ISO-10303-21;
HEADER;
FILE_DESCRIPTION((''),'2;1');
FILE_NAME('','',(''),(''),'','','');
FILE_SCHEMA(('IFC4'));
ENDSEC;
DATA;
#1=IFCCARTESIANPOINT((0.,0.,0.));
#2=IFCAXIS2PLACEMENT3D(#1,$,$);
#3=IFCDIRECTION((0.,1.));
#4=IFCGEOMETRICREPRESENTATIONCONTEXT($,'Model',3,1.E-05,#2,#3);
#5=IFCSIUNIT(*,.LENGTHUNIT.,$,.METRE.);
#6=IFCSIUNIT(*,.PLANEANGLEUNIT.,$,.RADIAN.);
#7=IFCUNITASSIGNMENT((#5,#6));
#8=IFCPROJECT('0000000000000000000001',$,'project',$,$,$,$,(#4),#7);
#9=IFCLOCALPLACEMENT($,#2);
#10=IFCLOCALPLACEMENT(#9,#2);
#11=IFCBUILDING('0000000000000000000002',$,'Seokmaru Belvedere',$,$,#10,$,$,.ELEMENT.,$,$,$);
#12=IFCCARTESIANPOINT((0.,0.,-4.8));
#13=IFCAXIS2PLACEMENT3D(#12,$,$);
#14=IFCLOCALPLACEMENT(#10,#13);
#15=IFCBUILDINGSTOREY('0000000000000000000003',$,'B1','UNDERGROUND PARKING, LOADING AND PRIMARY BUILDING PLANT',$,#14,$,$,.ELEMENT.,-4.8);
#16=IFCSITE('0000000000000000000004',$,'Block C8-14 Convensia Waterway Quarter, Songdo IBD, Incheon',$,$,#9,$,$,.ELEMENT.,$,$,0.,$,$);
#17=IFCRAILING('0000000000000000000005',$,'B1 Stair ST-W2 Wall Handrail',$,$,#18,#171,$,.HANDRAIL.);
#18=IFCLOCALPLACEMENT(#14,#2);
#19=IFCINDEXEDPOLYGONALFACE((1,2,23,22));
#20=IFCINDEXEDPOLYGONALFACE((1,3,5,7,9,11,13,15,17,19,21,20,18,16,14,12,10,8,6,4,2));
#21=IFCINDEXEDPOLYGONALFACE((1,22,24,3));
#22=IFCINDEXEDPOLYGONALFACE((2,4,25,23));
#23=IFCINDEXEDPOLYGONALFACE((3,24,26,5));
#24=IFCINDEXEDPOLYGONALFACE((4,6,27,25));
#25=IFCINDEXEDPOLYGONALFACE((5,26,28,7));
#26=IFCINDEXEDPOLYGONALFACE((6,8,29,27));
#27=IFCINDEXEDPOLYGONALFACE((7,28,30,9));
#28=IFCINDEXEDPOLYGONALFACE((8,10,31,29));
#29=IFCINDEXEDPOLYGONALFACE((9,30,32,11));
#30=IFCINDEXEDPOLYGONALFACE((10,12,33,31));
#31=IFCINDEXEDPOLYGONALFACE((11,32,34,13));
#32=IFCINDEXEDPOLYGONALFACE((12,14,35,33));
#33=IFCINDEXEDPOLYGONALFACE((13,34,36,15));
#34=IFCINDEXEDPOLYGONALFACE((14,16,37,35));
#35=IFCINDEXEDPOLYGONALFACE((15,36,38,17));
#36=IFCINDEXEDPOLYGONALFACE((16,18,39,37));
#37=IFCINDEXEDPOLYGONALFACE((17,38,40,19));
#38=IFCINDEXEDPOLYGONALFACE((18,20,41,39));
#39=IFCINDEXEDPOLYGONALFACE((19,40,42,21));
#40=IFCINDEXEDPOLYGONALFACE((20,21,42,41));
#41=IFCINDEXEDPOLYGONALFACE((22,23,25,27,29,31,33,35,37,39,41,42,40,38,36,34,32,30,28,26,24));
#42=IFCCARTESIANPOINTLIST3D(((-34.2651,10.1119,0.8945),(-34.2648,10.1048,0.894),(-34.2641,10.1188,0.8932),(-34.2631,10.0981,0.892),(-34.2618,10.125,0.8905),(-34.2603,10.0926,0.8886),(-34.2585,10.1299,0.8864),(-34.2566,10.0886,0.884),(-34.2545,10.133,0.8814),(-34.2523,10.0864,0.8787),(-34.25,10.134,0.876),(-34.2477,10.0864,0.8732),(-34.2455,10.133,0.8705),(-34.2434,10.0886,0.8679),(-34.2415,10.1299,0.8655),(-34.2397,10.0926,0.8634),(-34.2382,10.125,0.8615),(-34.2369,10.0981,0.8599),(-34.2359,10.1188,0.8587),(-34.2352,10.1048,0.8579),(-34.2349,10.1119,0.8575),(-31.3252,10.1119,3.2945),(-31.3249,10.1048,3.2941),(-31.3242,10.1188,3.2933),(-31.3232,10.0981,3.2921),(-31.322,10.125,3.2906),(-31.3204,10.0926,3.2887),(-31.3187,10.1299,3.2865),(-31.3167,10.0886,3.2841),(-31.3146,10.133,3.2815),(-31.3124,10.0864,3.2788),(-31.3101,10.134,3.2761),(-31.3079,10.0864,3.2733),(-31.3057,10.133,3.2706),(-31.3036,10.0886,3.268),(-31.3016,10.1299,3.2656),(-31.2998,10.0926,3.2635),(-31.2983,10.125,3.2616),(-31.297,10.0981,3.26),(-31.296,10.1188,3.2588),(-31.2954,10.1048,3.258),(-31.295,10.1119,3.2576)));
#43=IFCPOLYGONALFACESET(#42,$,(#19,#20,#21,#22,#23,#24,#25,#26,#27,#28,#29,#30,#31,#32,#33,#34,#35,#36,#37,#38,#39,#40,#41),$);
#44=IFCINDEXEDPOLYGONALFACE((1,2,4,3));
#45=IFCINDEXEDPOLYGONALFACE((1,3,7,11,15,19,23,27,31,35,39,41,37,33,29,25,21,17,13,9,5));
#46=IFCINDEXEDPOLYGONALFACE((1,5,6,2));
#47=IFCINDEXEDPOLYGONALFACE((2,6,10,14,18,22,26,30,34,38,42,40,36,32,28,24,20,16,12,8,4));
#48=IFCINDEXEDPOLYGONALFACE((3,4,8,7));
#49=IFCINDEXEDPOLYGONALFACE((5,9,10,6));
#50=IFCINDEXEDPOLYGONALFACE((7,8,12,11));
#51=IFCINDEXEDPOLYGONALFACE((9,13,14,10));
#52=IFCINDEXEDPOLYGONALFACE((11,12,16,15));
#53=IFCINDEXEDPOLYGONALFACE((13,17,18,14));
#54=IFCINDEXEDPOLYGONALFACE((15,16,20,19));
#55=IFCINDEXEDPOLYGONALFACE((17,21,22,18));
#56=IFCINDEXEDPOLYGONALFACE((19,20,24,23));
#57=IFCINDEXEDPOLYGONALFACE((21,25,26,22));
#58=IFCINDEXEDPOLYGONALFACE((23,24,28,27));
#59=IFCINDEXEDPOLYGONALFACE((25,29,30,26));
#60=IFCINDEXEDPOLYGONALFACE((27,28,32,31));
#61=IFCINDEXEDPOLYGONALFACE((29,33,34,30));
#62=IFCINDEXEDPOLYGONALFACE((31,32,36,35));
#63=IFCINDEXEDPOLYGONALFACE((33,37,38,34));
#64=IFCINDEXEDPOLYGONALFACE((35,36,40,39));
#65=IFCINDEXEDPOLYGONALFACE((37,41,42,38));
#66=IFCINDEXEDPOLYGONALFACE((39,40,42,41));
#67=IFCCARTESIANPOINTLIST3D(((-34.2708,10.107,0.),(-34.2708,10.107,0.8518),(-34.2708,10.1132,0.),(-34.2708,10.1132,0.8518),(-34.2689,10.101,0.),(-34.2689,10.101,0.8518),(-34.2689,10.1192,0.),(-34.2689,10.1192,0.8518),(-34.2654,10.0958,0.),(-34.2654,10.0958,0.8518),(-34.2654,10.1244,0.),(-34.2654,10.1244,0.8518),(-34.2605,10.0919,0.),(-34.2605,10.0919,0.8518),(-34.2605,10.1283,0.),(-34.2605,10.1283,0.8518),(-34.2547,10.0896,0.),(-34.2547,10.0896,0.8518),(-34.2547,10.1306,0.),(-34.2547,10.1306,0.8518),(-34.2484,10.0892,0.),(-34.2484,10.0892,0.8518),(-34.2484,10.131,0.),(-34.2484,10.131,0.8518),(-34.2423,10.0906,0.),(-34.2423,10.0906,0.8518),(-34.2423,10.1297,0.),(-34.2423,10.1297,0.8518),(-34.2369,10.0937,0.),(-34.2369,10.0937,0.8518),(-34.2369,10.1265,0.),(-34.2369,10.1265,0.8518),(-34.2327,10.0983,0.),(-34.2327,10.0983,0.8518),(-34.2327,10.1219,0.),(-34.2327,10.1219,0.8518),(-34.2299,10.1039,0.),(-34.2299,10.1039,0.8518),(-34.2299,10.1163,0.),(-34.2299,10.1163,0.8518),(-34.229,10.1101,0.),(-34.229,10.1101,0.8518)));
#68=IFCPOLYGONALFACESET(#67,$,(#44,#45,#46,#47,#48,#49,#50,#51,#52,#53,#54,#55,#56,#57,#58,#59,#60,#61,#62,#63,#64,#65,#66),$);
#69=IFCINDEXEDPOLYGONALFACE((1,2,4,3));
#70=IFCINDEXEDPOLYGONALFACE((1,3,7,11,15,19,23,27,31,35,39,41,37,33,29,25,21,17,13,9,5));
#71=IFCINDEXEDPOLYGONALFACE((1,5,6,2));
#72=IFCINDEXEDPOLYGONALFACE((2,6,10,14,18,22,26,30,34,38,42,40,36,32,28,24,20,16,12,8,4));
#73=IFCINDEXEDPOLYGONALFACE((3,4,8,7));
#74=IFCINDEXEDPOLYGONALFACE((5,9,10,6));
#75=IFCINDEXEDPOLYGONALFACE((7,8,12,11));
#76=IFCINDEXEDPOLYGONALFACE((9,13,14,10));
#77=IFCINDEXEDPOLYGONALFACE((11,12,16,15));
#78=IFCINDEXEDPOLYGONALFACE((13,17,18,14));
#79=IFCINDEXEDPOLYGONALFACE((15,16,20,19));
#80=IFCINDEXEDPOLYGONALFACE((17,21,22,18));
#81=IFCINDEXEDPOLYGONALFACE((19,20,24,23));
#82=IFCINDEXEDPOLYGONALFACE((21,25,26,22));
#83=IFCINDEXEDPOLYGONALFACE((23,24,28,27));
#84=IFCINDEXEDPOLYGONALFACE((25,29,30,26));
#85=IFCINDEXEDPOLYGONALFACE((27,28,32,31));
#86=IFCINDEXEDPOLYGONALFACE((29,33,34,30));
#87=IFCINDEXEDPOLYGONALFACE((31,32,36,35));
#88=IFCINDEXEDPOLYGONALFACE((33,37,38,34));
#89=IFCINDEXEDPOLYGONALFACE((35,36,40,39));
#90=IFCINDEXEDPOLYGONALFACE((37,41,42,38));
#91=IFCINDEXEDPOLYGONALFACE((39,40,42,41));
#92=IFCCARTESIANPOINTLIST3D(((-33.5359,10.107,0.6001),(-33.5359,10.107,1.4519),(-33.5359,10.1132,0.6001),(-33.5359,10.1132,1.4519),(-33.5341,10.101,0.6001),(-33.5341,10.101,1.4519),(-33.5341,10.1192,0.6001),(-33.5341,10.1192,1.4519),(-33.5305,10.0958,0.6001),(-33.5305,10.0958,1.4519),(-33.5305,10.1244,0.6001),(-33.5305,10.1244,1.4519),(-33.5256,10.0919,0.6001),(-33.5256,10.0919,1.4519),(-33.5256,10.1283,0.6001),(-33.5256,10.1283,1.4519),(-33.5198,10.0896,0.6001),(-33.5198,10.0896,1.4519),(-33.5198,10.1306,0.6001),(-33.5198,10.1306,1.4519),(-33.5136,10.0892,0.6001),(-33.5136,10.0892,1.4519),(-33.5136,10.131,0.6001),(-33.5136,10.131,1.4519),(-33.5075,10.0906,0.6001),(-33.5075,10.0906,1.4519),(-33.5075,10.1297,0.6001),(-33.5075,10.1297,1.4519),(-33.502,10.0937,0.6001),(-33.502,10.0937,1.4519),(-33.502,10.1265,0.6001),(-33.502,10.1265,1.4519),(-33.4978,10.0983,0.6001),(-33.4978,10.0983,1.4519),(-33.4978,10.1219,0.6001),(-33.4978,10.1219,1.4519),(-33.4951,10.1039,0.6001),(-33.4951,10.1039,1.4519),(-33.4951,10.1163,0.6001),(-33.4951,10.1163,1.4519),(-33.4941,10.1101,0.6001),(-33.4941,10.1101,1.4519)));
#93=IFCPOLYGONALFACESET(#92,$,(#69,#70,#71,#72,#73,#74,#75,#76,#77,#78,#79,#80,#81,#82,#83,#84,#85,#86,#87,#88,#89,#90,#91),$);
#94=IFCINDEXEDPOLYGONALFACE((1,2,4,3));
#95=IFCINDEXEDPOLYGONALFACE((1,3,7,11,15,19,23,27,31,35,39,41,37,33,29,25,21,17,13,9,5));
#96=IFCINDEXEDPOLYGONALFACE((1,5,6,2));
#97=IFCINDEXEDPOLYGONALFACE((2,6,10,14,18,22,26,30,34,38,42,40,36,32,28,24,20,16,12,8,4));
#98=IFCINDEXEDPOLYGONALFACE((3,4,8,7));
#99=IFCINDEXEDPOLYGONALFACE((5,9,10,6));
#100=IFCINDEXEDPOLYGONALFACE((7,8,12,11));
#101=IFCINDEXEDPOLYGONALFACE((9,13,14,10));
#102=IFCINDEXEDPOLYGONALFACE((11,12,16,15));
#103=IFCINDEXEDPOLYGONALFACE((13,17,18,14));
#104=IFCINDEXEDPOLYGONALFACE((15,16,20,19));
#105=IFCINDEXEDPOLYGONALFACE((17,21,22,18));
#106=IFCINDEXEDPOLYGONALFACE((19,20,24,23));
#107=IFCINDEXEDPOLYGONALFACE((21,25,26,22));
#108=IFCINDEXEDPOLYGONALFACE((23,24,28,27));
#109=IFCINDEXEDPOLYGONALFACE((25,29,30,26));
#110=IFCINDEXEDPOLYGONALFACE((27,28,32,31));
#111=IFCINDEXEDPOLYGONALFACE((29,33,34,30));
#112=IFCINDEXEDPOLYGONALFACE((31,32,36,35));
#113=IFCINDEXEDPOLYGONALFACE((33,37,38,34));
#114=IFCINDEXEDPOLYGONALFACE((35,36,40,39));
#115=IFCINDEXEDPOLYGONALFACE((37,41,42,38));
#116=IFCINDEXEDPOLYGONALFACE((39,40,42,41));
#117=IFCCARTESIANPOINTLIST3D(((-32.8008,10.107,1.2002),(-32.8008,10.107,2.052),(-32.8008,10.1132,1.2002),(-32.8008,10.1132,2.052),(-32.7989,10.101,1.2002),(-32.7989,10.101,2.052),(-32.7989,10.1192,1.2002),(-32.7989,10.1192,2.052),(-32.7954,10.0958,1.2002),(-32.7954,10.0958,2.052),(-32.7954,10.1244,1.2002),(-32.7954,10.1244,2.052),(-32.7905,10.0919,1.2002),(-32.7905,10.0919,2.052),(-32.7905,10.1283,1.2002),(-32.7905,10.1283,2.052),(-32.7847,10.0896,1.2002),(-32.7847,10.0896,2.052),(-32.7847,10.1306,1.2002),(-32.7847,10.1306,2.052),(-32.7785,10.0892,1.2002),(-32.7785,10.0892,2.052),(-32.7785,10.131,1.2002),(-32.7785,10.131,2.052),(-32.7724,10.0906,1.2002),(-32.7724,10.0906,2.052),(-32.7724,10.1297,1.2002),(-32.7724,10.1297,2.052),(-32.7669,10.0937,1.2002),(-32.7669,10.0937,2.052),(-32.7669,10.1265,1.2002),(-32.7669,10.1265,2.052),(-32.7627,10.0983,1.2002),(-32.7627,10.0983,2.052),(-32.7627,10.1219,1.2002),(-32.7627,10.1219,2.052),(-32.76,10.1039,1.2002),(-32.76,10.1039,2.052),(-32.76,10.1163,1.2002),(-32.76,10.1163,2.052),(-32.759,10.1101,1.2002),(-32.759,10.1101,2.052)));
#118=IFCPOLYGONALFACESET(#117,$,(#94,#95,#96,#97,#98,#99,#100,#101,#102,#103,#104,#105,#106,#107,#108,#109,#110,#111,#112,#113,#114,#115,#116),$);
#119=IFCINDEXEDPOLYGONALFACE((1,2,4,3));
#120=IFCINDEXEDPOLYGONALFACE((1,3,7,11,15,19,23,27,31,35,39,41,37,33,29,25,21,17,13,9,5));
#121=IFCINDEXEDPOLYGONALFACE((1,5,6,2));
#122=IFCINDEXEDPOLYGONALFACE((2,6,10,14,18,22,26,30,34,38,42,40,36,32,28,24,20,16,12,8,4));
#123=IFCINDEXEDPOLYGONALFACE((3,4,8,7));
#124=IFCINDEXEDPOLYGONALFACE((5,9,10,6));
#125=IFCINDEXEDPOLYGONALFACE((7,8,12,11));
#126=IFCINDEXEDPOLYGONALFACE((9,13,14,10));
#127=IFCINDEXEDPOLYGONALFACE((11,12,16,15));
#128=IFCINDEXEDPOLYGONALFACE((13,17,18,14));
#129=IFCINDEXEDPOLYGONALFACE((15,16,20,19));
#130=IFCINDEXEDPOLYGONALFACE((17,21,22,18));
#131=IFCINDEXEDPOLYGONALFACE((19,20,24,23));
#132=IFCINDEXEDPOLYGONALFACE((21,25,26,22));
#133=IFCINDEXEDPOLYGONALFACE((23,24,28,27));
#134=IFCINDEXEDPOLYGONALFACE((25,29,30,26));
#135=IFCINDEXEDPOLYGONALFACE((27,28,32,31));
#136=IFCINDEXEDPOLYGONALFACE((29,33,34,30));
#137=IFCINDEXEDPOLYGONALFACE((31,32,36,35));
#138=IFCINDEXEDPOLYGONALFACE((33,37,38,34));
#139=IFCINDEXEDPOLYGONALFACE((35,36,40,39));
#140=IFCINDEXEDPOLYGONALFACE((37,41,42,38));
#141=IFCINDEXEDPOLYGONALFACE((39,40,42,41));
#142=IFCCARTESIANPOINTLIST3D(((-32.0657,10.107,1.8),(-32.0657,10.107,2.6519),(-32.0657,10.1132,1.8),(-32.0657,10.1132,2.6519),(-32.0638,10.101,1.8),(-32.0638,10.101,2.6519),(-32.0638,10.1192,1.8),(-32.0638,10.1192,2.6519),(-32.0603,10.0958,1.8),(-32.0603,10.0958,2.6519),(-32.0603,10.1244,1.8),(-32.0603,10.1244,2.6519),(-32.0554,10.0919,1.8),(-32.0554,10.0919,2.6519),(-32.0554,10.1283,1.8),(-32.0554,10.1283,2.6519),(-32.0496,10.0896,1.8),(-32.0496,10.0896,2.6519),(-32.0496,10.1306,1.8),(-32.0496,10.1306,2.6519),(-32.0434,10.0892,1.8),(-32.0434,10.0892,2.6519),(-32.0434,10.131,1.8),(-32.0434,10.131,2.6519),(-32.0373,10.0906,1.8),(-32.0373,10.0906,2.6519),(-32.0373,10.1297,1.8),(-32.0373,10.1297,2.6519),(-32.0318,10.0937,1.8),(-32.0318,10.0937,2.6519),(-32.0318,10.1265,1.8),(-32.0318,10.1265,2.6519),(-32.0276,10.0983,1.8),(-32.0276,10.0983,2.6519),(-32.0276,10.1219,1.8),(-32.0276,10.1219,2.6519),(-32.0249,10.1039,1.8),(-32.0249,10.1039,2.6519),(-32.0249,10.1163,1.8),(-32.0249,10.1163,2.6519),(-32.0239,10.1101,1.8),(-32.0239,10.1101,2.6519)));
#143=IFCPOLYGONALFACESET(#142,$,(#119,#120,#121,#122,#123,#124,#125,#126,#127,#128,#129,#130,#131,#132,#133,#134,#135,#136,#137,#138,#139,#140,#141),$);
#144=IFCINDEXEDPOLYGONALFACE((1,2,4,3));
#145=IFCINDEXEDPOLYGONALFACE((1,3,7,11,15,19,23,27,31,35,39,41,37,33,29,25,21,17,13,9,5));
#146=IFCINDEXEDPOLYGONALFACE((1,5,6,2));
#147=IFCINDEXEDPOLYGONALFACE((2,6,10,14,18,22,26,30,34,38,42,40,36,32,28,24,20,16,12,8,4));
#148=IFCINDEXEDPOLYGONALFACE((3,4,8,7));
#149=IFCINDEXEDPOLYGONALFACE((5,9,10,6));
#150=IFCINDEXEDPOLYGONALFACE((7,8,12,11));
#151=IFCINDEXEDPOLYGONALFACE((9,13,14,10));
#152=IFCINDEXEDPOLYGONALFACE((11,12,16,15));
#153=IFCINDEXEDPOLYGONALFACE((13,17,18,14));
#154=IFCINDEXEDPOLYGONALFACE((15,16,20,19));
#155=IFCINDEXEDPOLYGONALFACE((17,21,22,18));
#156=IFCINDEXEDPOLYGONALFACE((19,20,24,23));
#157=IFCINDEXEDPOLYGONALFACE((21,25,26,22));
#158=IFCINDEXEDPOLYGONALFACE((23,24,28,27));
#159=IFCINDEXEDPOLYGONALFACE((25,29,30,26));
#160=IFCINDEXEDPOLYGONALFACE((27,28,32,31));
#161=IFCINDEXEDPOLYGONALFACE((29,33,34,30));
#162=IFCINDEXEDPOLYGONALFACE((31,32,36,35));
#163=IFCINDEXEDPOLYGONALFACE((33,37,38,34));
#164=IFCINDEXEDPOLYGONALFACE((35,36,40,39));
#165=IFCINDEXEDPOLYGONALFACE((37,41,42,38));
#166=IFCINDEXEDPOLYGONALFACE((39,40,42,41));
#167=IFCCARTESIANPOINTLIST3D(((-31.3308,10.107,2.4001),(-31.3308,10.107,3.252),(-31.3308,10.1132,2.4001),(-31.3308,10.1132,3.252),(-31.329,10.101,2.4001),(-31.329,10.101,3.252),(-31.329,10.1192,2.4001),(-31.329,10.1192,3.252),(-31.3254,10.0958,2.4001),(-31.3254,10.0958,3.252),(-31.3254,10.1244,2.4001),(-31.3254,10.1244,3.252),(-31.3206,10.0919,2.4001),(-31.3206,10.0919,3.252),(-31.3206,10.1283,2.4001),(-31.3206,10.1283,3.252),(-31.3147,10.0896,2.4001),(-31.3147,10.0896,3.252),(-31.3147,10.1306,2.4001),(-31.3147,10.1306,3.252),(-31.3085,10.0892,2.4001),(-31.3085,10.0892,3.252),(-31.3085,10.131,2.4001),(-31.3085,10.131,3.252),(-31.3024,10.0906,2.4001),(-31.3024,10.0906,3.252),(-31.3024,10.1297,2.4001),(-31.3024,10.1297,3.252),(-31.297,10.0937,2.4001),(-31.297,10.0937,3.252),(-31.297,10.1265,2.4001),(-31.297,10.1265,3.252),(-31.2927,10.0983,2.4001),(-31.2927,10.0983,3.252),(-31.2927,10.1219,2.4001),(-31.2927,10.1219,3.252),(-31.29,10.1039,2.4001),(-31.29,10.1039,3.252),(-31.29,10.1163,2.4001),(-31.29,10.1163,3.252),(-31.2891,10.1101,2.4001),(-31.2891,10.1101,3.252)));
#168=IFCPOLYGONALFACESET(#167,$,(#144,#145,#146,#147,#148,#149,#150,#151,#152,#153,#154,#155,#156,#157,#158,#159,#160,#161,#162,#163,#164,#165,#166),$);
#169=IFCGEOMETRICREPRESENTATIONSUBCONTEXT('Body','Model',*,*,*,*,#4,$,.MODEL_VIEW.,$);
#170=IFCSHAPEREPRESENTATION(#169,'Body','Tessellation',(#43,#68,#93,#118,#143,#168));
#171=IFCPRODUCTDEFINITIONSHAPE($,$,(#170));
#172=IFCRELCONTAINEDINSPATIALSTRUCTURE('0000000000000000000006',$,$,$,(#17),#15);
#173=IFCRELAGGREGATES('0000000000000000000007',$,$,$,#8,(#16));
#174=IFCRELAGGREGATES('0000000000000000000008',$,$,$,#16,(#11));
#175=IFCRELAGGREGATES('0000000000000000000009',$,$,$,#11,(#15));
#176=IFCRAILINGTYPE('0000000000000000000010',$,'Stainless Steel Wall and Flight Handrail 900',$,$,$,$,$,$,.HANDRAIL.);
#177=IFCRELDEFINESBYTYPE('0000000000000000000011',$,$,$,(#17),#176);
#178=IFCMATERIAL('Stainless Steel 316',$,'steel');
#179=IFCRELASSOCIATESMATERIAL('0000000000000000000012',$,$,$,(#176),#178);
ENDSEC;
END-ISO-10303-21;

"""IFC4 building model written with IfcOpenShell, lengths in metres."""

from ifc_helpers import new_model, si_unit, direction, frame, origin, origin_2d, place, context, subcontext, project, spatial, circle, extrude, material, type_object, element, save


model = new_model("IFC4")

# Units and contexts
model_context = context("Model", 3, precision=1e-05, world=origin(), true_north=direction((0.0, 1.0)))
body_context = subcontext(model_context, "Body", "Model", "MODEL_VIEW")
ifc_project = project(units=[si_unit("LENGTHUNIT", "METRE"), si_unit("PLANEANGLEUNIT", "RADIAN")], contexts=[model_context])

# Site, building, storey
site_placement = place(None, origin())
site = spatial("IfcSite", under=ifc_project, at=site_placement, Name="Block C8-14 Convensia Waterway Quarter, Songdo IBD, Incheon", CompositionType="ELEMENT", RefElevation=0.0)
building_placement = place(site_placement, origin())
building = spatial("IfcBuilding", under=site, at=building_placement, Name="Seokmaru Belvedere", CompositionType="ELEMENT")
storey_placement = place(building_placement, frame((0.0, 0.0, -4.8)))
storey = spatial("IfcBuildingStorey", under=building, at=storey_placement, Name="B1", Description="UNDERGROUND PARKING, LOADING AND PRIMARY BUILDING PLANT", CompositionType="ELEMENT", Elevation=-4.8)

# Railing
ifc_material_1 = material(Name="Stainless Steel 316", Category="steel")
railing_type_1 = type_object("IfcRailingType", Name="Stainless Steel Wall and Flight Handrail 900", PredefinedType="HANDRAIL", material=ifc_material_1)
railing_1_placement = place(storey_placement, frame((-34.25, 10.1101, 0.0)))
element("IfcRailing", 1, at=railing_1_placement, inside=storey, type_object=railing_type_1, Name="B1 Stair ST-W2 Wall Handrail", PredefinedType="HANDRAIL", context=body_context, shape_type="SweptSolid", body=[
    extrude(circle(Radius=0.0239, at=origin_2d()), frame((0.0, 0.0, 0.876), z_axis=(0.774636, 0.0, 0.632407), x_axis=(0.0, 1.0, 0.0)), (0.0, 0.0, 1.0), 3.7952),
    extrude(circle(Radius=0.021, at=origin_2d()), origin(), (0.0, 0.0, 1.0), 0.8518),
    extrude(circle(Radius=0.021, at=origin_2d()), frame((0.7349, 0.0, 0.6001)), (0.0, 0.0, 1.0), 0.8518),
    extrude(circle(Radius=0.021, at=origin_2d()), frame((1.47, 0.0, 1.2002)), (0.0, 0.0, 1.0), 0.8518),
    extrude(circle(Radius=0.021, at=origin_2d()), frame((2.2051, 0.0, 1.8)), (0.0, 0.0, 1.0), 0.8518),
    extrude(circle(Radius=0.021, at=origin_2d()), frame((2.9399, 0.0, 2.4001)), (0.0, 0.0, 1.0), 0.8518),
])

save(model, "model.ifc")
